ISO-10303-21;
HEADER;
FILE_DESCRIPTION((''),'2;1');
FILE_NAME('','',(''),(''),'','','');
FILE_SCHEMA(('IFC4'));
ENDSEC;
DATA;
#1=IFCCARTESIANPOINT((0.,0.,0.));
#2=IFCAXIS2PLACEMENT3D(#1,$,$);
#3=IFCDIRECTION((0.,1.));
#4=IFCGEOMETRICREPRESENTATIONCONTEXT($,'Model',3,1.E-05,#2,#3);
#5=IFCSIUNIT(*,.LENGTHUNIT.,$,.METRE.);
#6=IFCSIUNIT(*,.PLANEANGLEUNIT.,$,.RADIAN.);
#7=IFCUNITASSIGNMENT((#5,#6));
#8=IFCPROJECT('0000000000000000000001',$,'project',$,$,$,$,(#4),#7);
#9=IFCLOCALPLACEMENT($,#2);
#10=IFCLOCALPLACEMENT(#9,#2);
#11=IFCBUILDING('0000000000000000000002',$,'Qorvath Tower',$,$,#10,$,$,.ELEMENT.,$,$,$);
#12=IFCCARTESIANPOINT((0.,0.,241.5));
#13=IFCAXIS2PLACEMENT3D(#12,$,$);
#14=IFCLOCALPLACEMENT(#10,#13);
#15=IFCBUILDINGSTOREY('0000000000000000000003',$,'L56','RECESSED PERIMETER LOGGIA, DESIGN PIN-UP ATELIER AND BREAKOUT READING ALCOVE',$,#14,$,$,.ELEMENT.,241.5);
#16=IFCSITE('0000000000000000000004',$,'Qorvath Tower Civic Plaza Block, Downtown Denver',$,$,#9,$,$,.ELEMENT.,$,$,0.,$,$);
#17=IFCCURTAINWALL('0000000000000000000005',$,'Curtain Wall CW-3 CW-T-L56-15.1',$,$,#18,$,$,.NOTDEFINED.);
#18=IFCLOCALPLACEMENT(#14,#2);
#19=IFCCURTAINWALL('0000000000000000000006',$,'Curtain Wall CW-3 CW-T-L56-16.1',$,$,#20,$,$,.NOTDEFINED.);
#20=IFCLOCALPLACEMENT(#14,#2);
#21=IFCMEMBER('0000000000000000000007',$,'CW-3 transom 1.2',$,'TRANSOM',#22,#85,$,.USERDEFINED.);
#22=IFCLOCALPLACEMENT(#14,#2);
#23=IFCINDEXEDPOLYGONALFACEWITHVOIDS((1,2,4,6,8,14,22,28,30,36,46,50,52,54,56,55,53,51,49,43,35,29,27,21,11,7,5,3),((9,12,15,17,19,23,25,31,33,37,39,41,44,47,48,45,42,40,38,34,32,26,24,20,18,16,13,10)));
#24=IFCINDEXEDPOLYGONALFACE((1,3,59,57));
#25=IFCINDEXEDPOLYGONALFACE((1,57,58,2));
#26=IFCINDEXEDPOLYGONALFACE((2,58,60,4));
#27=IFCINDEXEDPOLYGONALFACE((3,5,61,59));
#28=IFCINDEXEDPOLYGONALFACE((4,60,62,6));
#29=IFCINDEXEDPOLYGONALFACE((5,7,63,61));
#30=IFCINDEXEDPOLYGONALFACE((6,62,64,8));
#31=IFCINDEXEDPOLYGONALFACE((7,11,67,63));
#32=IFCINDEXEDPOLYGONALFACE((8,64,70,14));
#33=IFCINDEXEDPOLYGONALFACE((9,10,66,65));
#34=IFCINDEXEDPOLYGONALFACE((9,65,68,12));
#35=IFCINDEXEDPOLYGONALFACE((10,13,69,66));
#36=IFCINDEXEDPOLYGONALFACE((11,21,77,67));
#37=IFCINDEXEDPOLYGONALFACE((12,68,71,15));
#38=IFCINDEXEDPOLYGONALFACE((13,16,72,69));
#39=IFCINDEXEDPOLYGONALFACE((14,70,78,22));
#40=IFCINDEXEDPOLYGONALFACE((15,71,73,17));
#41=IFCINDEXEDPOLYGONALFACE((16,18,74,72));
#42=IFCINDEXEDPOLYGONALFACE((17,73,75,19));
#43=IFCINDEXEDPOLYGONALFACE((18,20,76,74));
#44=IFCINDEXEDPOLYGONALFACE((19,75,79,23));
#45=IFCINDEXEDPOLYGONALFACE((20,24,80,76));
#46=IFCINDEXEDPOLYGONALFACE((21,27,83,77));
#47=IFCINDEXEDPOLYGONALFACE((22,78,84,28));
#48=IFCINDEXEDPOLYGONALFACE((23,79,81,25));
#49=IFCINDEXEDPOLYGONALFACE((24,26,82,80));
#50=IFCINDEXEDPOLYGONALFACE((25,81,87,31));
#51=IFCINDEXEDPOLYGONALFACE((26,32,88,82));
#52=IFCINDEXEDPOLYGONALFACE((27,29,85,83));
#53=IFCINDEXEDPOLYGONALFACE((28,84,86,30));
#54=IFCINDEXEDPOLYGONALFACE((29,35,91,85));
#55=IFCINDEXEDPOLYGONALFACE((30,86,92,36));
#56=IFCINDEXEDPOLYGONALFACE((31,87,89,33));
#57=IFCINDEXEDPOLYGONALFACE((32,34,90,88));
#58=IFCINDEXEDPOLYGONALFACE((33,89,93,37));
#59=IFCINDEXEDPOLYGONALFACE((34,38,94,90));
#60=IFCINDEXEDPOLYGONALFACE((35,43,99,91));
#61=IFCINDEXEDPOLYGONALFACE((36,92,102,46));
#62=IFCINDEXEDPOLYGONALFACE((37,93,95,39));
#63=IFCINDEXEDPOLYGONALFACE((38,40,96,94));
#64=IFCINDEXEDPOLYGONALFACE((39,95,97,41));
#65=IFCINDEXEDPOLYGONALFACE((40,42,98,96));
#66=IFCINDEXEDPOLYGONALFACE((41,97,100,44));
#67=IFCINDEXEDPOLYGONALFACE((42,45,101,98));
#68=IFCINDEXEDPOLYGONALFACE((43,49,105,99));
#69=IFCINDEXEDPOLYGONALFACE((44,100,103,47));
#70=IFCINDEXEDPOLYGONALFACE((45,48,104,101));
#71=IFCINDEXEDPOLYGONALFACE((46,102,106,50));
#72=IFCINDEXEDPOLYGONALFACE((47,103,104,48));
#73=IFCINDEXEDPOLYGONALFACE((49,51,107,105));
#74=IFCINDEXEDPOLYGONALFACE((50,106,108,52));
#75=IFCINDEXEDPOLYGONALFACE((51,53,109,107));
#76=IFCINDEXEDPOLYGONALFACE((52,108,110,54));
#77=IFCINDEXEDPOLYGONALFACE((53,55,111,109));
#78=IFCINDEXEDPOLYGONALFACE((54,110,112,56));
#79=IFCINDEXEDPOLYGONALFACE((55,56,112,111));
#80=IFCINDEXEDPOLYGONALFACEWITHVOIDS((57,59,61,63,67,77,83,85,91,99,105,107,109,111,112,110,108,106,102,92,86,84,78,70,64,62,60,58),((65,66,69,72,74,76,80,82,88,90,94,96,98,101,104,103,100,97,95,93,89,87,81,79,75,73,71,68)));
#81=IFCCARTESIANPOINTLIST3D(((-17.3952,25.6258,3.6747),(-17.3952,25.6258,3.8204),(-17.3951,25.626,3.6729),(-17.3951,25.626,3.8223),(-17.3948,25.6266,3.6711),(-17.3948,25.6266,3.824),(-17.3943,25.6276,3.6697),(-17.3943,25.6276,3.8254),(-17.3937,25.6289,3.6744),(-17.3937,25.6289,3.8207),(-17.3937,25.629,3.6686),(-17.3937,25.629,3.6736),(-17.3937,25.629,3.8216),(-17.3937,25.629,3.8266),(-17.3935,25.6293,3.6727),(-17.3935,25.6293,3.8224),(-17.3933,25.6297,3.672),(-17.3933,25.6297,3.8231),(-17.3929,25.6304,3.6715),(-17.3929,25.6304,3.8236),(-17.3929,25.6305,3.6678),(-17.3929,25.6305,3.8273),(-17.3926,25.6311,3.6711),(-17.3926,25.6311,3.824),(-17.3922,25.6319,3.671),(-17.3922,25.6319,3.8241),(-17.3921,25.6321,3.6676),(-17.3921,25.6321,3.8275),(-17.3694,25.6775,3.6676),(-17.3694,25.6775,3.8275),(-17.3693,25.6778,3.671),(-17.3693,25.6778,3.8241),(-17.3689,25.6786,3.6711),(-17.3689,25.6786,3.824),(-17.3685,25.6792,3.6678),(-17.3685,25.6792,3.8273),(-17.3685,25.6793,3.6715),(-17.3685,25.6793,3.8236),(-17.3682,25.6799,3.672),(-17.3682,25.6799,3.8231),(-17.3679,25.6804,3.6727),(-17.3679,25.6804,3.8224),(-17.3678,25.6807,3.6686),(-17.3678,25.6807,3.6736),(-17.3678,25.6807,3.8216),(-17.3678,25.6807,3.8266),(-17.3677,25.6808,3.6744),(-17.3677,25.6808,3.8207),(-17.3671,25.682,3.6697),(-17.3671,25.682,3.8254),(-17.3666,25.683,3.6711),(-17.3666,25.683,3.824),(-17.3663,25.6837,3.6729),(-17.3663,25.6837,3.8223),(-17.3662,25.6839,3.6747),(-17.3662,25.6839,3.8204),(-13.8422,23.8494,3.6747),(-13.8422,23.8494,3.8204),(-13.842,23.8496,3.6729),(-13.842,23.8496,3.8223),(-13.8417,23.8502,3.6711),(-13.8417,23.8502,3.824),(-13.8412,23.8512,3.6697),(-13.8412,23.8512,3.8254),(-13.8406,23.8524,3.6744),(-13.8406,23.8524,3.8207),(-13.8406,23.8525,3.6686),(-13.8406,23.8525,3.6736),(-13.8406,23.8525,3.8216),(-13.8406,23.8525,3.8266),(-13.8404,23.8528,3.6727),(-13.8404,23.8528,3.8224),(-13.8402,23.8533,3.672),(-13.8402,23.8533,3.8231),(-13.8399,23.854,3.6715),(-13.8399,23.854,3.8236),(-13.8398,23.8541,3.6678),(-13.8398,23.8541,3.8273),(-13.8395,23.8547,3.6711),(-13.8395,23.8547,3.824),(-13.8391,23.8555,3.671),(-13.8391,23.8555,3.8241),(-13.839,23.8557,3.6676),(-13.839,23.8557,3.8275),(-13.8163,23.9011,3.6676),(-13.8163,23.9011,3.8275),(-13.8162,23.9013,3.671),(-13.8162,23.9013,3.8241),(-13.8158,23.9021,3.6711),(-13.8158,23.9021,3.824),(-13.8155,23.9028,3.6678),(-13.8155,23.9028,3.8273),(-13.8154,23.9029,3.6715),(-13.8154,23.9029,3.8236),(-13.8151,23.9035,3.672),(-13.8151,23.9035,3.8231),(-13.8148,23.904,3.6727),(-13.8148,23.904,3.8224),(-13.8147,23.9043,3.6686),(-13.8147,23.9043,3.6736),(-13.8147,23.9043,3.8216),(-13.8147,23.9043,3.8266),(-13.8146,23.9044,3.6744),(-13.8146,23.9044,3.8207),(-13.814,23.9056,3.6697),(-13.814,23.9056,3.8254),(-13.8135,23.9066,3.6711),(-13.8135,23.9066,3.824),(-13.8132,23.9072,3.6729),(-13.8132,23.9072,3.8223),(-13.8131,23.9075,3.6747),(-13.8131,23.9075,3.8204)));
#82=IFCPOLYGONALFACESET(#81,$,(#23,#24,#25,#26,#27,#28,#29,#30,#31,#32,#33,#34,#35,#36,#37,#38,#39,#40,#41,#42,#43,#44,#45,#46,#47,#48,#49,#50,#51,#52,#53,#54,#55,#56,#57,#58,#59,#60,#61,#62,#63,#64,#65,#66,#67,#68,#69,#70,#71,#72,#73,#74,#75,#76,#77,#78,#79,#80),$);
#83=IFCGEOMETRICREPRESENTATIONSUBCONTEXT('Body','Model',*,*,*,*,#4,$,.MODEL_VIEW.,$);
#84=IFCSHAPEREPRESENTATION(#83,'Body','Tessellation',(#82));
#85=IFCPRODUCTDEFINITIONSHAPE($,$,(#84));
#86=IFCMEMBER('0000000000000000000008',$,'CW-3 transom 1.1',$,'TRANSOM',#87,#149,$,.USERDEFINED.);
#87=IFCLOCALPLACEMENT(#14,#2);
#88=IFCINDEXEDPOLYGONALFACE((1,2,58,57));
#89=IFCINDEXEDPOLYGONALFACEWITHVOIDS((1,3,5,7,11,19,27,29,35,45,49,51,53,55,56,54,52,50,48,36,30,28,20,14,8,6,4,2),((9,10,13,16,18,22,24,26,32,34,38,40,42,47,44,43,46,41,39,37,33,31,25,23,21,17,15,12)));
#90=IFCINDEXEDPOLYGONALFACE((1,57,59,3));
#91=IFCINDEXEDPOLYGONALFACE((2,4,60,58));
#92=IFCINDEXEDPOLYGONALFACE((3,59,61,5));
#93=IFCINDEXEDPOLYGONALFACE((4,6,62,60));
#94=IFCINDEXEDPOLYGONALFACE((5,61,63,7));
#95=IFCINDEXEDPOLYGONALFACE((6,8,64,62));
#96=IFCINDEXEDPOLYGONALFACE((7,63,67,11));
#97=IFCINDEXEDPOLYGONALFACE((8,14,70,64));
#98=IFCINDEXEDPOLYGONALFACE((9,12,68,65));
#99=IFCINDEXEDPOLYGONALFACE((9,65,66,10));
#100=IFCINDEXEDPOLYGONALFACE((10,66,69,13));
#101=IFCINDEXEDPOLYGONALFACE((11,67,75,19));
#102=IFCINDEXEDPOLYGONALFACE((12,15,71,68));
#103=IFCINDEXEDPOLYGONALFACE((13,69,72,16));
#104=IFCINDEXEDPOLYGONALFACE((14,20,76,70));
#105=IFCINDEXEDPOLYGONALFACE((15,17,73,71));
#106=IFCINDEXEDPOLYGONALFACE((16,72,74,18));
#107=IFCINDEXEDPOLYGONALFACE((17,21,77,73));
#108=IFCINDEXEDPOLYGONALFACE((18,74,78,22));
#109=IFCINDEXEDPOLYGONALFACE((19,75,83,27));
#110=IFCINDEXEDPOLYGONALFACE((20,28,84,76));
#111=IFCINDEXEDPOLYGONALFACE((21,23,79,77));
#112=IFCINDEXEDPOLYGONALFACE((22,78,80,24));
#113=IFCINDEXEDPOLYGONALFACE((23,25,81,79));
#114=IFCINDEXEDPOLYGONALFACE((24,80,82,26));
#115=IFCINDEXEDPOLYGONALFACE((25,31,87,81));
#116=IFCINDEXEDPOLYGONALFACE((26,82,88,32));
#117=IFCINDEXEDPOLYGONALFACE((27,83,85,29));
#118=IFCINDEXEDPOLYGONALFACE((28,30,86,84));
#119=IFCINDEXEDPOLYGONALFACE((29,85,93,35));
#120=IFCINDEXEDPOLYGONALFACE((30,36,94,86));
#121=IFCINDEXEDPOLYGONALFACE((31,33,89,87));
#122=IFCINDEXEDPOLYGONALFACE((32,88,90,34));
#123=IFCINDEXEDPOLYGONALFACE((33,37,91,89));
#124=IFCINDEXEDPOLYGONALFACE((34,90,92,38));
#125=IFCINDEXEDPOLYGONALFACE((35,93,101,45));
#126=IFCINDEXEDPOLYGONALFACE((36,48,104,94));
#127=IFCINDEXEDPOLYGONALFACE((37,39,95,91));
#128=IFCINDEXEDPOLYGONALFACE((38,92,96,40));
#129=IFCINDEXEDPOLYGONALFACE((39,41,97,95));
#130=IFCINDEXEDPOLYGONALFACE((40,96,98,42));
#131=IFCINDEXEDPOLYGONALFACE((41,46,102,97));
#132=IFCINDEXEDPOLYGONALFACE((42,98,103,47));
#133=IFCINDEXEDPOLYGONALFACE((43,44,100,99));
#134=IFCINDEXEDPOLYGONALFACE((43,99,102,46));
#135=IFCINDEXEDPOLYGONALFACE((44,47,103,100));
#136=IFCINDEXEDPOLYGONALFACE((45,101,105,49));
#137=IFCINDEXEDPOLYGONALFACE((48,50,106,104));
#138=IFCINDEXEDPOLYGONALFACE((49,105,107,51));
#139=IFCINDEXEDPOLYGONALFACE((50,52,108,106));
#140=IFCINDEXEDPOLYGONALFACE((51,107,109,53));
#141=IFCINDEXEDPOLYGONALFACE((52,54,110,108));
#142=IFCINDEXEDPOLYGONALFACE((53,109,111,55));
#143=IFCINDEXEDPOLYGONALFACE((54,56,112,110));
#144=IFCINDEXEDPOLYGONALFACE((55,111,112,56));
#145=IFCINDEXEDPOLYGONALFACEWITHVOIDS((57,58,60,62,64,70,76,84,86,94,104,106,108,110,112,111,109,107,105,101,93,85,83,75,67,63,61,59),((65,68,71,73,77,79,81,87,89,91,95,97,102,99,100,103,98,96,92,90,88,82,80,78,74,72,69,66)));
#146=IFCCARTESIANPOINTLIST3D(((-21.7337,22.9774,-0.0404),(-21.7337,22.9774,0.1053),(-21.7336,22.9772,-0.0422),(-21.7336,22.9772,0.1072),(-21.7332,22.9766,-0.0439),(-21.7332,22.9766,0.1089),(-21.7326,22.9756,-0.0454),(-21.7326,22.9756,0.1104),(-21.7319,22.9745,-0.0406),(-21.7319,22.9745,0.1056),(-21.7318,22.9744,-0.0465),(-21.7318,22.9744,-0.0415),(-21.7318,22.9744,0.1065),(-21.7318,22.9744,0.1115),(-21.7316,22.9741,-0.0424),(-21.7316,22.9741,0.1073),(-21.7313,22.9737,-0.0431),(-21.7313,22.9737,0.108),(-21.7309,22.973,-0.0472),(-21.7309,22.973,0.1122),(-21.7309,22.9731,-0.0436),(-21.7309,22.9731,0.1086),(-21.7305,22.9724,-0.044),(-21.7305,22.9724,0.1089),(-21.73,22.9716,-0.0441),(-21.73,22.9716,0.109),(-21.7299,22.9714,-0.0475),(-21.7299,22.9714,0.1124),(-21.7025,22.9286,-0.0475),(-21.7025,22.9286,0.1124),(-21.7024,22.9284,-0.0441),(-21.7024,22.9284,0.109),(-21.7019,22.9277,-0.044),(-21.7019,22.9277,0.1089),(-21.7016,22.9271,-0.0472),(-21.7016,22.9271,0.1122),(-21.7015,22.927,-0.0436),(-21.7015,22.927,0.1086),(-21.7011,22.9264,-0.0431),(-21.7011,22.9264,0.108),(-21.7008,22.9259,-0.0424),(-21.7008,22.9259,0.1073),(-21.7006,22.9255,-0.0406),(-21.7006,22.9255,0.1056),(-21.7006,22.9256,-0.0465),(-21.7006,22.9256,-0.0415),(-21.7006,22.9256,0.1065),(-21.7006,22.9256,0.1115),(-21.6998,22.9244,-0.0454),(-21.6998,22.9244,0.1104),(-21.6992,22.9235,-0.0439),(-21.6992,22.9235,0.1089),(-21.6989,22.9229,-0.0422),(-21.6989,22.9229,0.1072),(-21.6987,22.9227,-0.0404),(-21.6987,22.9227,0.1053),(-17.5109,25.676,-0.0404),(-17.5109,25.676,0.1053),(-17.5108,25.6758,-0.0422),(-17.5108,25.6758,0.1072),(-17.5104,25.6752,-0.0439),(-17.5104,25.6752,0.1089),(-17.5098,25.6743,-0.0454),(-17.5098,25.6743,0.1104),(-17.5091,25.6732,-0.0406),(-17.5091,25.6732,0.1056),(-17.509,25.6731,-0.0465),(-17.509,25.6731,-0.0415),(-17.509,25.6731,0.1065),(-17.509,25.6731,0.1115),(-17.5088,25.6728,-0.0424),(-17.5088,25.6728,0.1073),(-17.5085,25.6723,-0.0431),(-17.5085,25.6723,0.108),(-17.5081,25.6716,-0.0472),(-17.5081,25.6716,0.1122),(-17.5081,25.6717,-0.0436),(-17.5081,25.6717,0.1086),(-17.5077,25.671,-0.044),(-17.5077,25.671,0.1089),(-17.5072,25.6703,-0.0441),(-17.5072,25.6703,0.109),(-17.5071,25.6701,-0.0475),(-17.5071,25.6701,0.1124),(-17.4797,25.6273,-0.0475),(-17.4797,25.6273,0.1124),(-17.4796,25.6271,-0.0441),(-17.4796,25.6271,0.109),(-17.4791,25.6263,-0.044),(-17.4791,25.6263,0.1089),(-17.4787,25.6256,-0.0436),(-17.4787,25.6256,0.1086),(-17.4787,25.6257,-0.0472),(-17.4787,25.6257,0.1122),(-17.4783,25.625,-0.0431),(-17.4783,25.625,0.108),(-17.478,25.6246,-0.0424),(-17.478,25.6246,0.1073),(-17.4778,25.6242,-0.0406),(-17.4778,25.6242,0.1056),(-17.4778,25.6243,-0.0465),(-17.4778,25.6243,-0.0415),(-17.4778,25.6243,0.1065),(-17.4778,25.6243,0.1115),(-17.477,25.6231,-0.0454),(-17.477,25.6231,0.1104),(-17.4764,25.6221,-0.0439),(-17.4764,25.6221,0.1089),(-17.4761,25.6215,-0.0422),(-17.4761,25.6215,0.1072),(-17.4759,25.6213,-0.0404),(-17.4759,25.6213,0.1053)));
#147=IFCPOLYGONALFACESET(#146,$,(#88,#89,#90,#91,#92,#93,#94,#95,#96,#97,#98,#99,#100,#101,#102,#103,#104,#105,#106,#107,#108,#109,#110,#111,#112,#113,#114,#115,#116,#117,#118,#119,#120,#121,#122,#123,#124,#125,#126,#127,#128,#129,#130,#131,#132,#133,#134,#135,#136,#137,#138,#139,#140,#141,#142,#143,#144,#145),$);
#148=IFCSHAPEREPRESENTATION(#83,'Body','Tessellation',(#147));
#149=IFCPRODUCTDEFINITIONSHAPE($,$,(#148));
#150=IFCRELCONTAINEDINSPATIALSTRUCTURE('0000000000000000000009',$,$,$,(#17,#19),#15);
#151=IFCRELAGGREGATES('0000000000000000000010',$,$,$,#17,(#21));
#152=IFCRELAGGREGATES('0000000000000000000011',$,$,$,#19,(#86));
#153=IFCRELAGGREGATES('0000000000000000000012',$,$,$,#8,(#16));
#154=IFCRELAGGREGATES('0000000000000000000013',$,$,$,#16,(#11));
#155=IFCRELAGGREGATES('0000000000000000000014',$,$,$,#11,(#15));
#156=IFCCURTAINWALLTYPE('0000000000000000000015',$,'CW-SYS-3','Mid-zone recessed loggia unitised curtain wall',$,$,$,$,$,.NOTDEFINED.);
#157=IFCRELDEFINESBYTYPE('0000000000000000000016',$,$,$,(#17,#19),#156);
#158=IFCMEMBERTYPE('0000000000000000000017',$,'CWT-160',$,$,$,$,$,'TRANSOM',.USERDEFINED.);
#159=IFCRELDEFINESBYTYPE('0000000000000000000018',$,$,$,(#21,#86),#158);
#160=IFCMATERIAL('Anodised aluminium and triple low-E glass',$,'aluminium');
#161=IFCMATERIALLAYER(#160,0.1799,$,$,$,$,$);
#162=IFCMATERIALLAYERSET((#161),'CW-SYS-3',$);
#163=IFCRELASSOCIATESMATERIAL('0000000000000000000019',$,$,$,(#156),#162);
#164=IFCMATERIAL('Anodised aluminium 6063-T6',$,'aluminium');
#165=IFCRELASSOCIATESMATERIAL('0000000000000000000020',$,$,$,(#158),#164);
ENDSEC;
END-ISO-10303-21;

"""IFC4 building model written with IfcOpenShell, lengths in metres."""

from ifc_helpers import new_model, si_unit, direction, frame, origin, origin_2d, place, context, subcontext, project, spatial, hollow_rectangle, extrude, material, layer, layer_set, material_profile, profile_set, type_object, element, aggregate, save


model = new_model("IFC4")

# Units and contexts
model_context = context("Model", 3, precision=1e-05, world=origin(), true_north=direction((0.0, 1.0)))
body_context = subcontext(model_context, "Body", "Model", "MODEL_VIEW")
ifc_project = project(units=[si_unit("LENGTHUNIT", "METRE"), si_unit("PLANEANGLEUNIT", "RADIAN")], contexts=[model_context])

# Site, building, storey
site_placement = place(None, origin())
site = spatial("IfcSite", under=ifc_project, at=site_placement, Name="Qorvath Tower Civic Plaza Block, Downtown Denver", CompositionType="ELEMENT", RefElevation=0.0)
building_placement = place(site_placement, origin())
building = spatial("IfcBuilding", under=site, at=building_placement, Name="Qorvath Tower", CompositionType="ELEMENT")
storey_placement = place(building_placement, frame((0.0, 0.0, 241.5)))
storey = spatial("IfcBuildingStorey", under=building, at=storey_placement, Name="L56", Description="RECESSED PERIMETER LOGGIA, DESIGN PIN-UP ATELIER AND BREAKOUT READING ALCOVE", CompositionType="ELEMENT", Elevation=241.5)

# Shared definitions
ifc_material_1 = material(Name="Anodised aluminium and triple low-E glass", Category="aluminium")
ifc_layer_1 = layer(ifc_material_1, 0.1799)
ifc_layer_set_1 = layer_set([ifc_layer_1], Name="CW-SYS-3")
curtain_wall_type = type_object("IfcCurtainWallType", Name="CW-SYS-3", Description="Mid-zone recessed loggia unitised curtain wall", PredefinedType="NOTDEFINED", material=ifc_layer_set_1)

# Curtain wall
curtain_wall_1_placement = place(storey_placement, origin())
curtain_wall_1 = element("IfcCurtainWall", 1, at=curtain_wall_1_placement, inside=storey, type_object=curtain_wall_type, Name="Curtain Wall CW-3 CW-T-L56-15.1", PredefinedType="NOTDEFINED")

# Curtain wall
curtain_wall_2_placement = place(storey_placement, origin())
curtain_wall_2 = element("IfcCurtainWall", 2, at=curtain_wall_2_placement, inside=storey, type_object=curtain_wall_type, Name="Curtain Wall CW-3 CW-T-L56-16.1", PredefinedType="NOTDEFINED")

# Members
ifc_material_2 = material(Name="Anodised aluminium 6063-T6", Category="aluminium")
ifc_material_profile_1 = material_profile(ifc_material_2, hollow_rectangle(XDim=0.0649, YDim=0.1599, WallThickness=0.0034, InnerFilletRadius=0.0034, OuterFilletRadius=0.0071, at=origin_2d()), Name="CWT 160x65")
ifc_profile_set_1 = profile_set([ifc_material_profile_1], Name="Anodised aluminium 6063-T6")
member_type_1 = type_object("IfcMemberType", Name="CWT-160", ElementType="TRANSOM", PredefinedType="USERDEFINED", material=ifc_profile_set_1)
member_1_placement = place(storey_placement, frame((-13.8276, 23.8784, 3.7476), z_axis=(-0.894439, 0.447189, 0.0), x_axis=(-0.447189, -0.894439, 0.0)))
member_1 = element("IfcMember", 3, at=member_1_placement, type_object=member_type_1, Name="CW-3 transom 1.2", ObjectType="TRANSOM", PredefinedType="USERDEFINED", context=body_context, shape_type="SweptSolid", body=[
    extrude(hollow_rectangle(XDim=0.0649, YDim=0.1599, WallThickness=0.0034, InnerFilletRadius=0.0034, OuterFilletRadius=0.0071, at=origin_2d()), origin(), (0.0, 0.0, 1.0), 3.9724),
])
member_2_placement = place(storey_placement, frame((-17.4934, 25.6487, 0.0325), z_axis=(-0.842627, -0.538498, 0.0), x_axis=(0.538498, -0.842627, 0.0)))
member_2 = element("IfcMember", 4, at=member_2_placement, type_object=member_type_1, Name="CW-3 transom 1.1", ObjectType="TRANSOM", PredefinedType="USERDEFINED", context=body_context, shape_type="SweptSolid", body=[
    extrude(hollow_rectangle(XDim=0.0649, YDim=0.1599, WallThickness=0.0034, InnerFilletRadius=0.0034, OuterFilletRadius=0.0071, at=origin_2d()), origin(), (0.0, 0.0, 1.0), 5.0115),
])

aggregate(curtain_wall_1, [member_1])
aggregate(curtain_wall_2, [member_2])

save(model, "model.ifc")
